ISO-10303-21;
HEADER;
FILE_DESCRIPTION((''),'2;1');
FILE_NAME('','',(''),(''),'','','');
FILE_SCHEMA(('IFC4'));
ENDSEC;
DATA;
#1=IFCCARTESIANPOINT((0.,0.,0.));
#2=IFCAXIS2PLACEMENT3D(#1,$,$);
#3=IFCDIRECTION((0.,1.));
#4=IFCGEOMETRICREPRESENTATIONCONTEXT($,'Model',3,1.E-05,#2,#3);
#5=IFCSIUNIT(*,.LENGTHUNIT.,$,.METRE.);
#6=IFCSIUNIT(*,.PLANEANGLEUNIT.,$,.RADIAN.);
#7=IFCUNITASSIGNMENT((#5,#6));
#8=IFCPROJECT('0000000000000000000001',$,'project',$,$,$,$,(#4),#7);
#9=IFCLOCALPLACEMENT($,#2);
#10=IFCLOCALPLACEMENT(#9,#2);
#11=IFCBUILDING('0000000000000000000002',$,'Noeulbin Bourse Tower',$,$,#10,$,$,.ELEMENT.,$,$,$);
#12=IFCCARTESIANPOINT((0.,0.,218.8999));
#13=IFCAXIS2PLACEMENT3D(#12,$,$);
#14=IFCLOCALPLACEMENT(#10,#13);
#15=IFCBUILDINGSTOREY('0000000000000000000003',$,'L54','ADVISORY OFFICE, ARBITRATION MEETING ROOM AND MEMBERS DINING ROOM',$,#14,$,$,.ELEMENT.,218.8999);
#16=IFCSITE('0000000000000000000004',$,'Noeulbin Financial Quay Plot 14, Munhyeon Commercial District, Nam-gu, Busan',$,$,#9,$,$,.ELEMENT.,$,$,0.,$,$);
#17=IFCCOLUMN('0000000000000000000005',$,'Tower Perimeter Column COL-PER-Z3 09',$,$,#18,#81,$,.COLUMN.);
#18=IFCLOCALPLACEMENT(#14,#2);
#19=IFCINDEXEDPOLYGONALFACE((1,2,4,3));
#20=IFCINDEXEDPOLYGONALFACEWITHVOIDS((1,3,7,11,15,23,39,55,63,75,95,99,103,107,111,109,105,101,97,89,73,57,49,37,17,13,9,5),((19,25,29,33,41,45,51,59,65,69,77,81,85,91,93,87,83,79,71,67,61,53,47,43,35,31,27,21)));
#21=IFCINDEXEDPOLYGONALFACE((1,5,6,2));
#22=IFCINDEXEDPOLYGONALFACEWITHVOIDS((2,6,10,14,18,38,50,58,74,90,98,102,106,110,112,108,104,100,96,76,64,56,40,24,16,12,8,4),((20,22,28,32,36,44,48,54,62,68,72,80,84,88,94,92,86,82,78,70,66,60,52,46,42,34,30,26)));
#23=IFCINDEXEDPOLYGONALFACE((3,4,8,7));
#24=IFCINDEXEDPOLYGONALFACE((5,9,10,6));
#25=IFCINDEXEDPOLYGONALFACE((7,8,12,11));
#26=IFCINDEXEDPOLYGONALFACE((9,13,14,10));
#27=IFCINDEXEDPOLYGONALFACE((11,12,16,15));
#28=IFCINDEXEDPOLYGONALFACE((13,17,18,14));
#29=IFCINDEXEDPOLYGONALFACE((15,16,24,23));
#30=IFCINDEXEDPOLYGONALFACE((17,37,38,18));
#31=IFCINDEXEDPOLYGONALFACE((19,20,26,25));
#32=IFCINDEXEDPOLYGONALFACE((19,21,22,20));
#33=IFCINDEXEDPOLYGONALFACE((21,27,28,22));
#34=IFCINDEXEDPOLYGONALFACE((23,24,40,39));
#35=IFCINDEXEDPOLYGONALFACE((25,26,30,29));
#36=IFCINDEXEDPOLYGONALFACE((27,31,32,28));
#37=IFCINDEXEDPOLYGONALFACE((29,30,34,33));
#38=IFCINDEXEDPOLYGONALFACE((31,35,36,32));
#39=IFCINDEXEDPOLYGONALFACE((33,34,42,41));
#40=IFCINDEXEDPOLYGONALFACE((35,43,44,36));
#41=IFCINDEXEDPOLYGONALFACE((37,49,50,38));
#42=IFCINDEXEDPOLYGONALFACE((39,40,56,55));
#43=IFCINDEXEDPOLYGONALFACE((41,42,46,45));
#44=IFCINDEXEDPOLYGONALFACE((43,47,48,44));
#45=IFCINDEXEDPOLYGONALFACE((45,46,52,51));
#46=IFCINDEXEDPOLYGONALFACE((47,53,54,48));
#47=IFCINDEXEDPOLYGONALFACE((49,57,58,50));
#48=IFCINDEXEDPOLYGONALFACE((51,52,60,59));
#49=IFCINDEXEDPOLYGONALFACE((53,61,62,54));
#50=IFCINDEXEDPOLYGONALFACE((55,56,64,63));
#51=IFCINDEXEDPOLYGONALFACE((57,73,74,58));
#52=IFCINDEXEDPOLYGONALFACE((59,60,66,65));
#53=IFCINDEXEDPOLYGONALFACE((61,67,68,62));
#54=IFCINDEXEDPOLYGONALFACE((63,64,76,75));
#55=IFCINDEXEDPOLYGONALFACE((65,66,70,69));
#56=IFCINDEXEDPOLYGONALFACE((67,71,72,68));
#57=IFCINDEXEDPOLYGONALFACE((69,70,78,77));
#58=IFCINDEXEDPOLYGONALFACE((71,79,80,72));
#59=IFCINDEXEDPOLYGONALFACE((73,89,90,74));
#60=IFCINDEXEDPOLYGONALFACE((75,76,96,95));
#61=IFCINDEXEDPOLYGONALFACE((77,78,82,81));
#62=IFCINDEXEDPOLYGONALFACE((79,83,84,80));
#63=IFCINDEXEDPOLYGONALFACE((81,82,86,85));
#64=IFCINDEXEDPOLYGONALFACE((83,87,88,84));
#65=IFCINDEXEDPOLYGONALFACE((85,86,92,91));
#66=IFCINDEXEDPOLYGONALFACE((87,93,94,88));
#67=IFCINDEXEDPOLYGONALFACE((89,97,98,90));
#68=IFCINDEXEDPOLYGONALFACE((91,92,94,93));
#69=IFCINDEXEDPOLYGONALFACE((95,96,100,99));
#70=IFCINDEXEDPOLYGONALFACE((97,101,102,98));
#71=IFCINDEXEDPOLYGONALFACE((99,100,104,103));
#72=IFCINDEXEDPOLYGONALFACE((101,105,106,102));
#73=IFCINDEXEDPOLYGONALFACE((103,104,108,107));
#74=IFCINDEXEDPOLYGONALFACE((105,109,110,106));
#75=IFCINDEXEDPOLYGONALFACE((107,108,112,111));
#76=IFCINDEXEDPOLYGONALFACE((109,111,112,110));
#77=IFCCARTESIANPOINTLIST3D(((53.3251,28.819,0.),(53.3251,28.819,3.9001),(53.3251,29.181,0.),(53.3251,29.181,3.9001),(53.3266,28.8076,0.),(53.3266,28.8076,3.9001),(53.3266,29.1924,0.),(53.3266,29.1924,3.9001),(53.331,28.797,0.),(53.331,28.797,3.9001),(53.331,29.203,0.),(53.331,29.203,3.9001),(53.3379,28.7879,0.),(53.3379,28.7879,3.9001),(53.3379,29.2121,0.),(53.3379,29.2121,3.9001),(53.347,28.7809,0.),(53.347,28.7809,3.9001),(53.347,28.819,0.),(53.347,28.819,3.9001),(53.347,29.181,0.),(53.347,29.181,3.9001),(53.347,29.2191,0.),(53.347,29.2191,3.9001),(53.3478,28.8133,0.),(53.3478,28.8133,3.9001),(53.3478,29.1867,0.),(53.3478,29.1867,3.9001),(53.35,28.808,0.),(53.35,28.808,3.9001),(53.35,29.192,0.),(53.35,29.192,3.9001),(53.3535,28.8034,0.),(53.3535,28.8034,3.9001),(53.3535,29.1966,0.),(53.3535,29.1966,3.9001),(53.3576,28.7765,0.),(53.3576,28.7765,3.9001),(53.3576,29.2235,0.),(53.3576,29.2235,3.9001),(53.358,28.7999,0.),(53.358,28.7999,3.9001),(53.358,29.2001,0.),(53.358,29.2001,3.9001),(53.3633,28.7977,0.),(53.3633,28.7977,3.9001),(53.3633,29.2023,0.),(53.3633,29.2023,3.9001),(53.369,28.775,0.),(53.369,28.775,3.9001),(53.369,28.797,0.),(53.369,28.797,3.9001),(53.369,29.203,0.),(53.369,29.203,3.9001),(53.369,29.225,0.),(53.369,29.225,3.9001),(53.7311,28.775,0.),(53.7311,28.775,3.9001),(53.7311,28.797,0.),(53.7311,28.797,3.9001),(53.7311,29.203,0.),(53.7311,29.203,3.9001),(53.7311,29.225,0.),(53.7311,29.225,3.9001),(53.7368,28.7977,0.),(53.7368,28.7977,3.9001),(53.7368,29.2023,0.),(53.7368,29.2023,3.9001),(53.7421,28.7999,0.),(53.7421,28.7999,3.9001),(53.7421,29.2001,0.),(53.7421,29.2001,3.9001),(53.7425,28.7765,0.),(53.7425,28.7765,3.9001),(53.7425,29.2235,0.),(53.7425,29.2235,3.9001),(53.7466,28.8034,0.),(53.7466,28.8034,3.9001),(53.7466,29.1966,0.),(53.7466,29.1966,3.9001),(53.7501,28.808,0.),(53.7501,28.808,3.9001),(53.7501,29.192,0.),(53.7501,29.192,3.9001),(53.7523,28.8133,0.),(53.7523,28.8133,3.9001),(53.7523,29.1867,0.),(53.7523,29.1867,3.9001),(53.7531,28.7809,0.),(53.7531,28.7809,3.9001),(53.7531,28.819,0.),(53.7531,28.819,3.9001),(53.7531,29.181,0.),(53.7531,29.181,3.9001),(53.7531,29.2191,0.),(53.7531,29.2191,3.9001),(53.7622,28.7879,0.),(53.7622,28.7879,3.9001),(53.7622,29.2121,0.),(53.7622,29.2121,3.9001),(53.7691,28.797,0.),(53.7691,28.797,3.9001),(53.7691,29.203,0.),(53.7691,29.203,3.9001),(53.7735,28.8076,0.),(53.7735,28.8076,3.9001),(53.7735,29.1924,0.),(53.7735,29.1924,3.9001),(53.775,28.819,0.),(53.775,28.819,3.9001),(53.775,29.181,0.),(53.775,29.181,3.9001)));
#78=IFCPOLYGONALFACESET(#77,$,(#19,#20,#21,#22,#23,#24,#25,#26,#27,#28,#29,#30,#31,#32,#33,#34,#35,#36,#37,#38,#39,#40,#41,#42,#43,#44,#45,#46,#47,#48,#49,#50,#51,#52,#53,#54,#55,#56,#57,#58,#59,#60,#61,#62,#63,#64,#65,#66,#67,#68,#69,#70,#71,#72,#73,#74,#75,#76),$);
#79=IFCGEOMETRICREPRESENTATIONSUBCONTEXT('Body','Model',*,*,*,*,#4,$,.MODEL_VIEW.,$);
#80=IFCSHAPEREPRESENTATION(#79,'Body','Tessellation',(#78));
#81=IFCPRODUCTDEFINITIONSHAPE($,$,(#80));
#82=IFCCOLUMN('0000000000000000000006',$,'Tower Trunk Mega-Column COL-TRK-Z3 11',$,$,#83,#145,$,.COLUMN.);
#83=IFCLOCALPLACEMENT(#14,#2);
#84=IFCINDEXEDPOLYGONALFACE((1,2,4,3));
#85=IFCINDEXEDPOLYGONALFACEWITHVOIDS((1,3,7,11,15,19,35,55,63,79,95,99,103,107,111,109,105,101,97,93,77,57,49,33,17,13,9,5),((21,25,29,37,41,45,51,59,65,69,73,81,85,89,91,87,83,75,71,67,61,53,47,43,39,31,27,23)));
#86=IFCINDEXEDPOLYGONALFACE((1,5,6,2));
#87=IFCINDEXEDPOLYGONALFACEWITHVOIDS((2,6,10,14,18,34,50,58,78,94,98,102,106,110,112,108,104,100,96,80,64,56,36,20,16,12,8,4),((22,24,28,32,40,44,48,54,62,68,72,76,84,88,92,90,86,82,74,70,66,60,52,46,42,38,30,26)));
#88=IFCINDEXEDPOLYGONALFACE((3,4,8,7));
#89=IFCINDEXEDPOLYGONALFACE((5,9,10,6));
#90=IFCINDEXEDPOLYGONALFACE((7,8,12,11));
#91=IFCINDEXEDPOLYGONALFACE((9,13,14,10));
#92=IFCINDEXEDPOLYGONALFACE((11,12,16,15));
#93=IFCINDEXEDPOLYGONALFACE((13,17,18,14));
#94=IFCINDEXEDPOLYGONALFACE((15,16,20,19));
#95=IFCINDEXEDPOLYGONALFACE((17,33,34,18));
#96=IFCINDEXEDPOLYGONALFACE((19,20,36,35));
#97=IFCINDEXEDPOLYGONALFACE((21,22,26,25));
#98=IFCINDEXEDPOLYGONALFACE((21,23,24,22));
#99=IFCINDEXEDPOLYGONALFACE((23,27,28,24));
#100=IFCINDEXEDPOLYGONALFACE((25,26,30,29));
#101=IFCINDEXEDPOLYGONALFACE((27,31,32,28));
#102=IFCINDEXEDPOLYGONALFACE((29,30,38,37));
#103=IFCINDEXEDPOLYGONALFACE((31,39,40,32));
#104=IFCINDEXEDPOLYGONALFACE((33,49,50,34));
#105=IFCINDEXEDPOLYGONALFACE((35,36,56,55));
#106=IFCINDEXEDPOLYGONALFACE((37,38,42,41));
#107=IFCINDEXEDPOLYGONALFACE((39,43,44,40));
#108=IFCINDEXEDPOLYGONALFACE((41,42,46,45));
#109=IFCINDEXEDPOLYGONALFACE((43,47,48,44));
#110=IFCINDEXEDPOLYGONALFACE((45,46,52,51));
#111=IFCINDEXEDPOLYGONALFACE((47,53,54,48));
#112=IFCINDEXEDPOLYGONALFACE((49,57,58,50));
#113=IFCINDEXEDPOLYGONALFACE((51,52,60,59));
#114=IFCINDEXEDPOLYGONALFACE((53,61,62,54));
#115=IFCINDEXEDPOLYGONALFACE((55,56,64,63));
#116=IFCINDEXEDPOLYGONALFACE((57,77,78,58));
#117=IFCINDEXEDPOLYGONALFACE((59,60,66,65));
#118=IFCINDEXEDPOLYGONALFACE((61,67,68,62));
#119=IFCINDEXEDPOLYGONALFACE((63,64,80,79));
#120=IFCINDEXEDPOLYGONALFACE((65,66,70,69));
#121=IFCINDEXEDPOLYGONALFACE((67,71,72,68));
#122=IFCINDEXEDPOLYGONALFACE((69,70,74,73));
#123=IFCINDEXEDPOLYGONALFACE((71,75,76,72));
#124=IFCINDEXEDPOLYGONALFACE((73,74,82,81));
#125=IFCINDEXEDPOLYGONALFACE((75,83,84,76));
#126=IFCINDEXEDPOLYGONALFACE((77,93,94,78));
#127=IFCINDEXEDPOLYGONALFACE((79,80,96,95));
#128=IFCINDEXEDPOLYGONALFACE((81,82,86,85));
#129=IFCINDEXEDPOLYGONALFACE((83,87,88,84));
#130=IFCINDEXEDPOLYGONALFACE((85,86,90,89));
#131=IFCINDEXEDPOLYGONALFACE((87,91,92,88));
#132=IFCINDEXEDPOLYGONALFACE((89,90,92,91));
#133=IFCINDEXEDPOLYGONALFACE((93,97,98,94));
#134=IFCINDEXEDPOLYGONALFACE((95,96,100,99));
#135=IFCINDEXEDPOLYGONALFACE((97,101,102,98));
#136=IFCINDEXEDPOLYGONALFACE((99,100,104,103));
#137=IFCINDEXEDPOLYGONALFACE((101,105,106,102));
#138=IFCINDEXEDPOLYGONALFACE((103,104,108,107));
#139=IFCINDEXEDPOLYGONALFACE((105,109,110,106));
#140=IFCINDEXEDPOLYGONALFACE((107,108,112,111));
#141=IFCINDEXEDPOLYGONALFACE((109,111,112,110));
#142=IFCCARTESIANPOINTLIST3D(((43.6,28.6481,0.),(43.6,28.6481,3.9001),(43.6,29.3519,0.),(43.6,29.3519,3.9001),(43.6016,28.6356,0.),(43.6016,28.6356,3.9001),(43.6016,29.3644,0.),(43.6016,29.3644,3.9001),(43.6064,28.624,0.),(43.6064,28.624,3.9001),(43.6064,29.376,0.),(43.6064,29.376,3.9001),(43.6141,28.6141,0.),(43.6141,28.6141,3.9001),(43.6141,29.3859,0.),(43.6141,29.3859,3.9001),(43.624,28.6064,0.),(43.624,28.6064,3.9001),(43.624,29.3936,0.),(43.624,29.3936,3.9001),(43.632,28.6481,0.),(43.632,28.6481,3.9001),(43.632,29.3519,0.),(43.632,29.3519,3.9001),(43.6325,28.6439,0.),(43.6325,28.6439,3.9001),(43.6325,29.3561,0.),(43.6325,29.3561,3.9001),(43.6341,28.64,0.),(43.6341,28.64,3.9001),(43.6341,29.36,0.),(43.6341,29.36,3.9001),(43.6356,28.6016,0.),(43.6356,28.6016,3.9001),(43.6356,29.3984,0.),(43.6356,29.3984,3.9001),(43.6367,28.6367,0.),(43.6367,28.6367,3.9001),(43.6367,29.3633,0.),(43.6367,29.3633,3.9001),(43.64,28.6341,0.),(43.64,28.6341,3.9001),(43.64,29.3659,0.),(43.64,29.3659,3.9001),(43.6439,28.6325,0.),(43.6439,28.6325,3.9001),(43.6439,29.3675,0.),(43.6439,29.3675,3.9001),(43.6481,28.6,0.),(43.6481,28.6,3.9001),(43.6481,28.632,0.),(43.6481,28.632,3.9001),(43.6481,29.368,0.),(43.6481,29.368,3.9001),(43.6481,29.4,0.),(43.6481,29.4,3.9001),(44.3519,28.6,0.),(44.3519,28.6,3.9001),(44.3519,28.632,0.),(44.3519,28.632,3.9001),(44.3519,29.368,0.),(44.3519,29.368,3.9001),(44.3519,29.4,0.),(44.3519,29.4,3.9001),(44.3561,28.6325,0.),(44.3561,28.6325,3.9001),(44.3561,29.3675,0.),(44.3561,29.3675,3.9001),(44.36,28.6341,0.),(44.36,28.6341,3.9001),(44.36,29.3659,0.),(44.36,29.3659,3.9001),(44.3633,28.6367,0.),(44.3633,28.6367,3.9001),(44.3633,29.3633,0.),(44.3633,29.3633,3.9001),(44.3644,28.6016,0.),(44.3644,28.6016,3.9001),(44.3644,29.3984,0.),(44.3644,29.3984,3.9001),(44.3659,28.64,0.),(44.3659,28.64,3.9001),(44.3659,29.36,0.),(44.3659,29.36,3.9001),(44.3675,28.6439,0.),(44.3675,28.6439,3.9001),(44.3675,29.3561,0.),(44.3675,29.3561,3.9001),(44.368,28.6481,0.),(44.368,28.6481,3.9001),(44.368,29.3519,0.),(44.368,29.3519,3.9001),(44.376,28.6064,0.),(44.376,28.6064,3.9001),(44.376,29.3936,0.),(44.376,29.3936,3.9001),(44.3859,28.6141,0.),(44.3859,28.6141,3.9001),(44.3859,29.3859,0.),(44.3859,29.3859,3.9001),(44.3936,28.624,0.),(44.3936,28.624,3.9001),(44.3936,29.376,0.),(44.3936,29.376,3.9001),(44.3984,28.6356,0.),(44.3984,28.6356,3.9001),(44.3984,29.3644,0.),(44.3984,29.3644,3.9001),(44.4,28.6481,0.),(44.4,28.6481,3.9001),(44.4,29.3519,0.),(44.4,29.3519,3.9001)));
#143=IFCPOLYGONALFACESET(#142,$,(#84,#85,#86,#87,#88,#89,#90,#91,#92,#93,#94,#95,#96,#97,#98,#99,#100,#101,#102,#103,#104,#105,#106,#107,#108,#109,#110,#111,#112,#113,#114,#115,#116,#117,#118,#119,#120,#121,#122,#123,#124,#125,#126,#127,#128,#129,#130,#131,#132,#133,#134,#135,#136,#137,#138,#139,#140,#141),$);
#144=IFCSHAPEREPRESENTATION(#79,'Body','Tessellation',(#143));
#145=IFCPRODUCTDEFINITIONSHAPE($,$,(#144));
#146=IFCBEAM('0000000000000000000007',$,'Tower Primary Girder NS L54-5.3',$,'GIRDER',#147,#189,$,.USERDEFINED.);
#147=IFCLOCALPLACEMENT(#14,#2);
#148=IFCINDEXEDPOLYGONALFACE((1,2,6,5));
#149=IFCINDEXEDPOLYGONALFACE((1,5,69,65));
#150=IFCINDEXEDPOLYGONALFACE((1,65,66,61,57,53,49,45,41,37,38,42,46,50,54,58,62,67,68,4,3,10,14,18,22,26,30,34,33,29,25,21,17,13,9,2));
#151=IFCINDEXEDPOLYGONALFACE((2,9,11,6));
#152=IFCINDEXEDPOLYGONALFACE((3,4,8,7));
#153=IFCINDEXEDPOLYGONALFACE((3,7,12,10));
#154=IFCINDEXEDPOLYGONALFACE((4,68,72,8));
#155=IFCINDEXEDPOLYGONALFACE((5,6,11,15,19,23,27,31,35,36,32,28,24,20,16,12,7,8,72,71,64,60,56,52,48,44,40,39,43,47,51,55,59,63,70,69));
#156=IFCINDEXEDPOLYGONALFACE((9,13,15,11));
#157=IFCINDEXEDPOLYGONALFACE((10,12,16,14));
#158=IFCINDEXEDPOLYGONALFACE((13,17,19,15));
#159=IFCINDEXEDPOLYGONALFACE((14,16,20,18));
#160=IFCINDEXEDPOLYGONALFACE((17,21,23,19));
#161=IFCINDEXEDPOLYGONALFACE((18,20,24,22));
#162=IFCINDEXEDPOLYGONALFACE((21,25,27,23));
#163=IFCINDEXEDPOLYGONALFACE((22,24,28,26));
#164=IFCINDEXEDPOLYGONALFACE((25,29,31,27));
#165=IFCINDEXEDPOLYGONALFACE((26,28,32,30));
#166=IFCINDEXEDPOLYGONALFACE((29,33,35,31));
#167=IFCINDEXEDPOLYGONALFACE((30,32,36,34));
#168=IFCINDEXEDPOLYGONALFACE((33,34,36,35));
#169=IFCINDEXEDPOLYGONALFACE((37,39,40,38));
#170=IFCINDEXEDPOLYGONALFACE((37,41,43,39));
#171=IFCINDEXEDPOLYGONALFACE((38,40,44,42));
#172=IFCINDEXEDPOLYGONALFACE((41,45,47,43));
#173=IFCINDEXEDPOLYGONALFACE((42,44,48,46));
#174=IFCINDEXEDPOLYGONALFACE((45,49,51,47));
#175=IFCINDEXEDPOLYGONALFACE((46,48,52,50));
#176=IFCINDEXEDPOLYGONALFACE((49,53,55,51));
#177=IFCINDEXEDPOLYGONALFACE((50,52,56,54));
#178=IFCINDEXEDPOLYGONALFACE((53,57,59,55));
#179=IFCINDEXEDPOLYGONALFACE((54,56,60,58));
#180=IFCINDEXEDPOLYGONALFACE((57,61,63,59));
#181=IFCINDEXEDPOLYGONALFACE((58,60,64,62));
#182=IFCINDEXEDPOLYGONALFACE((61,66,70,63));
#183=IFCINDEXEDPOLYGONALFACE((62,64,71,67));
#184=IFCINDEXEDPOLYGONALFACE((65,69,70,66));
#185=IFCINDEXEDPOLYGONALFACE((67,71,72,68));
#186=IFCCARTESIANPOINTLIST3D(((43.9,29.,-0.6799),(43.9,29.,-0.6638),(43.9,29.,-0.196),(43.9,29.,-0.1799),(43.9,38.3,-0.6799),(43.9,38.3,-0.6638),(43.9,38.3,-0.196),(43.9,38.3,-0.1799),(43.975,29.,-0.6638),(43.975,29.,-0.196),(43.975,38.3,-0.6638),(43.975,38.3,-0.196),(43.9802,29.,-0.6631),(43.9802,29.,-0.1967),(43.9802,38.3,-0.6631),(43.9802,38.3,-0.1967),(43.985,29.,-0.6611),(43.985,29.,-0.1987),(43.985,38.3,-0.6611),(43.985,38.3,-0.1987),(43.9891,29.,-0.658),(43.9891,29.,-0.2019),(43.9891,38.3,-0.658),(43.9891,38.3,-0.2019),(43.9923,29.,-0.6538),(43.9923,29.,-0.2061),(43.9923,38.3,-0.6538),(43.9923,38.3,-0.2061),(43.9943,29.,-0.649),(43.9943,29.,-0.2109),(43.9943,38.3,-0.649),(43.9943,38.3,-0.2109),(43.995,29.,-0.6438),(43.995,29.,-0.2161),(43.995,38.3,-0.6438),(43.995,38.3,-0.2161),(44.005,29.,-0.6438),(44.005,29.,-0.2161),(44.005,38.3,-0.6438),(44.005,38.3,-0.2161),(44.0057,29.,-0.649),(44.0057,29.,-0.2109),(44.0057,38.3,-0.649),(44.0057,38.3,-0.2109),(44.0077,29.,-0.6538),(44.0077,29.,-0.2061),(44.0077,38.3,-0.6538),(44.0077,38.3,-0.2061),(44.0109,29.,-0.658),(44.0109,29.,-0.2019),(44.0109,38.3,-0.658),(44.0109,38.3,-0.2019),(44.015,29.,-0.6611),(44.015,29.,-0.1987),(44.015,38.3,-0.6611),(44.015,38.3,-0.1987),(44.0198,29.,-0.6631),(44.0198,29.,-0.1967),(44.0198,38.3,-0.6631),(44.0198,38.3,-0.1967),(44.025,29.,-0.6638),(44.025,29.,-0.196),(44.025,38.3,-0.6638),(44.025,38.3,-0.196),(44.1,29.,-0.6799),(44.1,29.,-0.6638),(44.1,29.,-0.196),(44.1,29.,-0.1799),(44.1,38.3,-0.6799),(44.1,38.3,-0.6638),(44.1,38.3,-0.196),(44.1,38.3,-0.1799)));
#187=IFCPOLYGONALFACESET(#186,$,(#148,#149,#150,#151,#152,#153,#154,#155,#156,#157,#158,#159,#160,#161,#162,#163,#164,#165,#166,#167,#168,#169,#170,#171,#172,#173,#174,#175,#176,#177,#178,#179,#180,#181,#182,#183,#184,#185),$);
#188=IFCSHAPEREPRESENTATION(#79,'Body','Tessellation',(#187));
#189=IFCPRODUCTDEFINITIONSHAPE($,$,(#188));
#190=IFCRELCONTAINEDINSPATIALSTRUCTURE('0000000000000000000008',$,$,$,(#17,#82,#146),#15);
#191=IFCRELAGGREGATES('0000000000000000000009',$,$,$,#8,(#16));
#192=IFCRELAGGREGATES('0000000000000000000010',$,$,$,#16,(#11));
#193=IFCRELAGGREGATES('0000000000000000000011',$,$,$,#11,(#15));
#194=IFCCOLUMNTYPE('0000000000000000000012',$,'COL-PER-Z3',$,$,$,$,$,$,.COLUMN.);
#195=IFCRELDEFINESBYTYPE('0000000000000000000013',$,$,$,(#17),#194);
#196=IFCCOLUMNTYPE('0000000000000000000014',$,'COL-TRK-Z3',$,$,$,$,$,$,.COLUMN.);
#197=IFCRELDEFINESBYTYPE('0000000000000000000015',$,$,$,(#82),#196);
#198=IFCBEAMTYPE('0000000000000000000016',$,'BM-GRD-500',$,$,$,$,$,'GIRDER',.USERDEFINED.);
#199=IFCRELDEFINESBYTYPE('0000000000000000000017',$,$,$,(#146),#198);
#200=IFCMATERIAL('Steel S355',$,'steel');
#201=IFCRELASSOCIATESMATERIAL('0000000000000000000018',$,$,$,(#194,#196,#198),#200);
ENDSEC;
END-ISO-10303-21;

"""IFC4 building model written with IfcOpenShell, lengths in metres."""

from ifc_helpers import new_model, si_unit, direction, frame, origin, origin_2d, place, context, subcontext, project, spatial, hollow_rectangle, i_section, extrude, material, material_profile, profile_set, type_object, element, save


model = new_model("IFC4")

# Units and contexts
model_context = context("Model", 3, precision=1e-05, world=origin(), true_north=direction((0.0, 1.0)))
body_context = subcontext(model_context, "Body", "Model", "MODEL_VIEW")
ifc_project = project(units=[si_unit("LENGTHUNIT", "METRE"), si_unit("PLANEANGLEUNIT", "RADIAN")], contexts=[model_context])

# Site, building, storey
site_placement = place(None, origin())
site = spatial("IfcSite", under=ifc_project, at=site_placement, Name="Noeulbin Financial Quay Plot 14, Munhyeon Commercial District, Nam-gu, Busan", CompositionType="ELEMENT", RefElevation=0.0)
building_placement = place(site_placement, origin())
building = spatial("IfcBuilding", under=site, at=building_placement, Name="Noeulbin Bourse Tower", CompositionType="ELEMENT")
storey_placement = place(building_placement, frame((0.0, 0.0, 218.8999)))
storey = spatial("IfcBuildingStorey", under=building, at=storey_placement, Name="L54", Description="ADVISORY OFFICE, ARBITRATION MEETING ROOM AND MEMBERS DINING ROOM", CompositionType="ELEMENT", Elevation=218.8999)

# Columns
ifc_material_1 = material(Name="Steel S355", Category="steel")
ifc_material_profile_1 = material_profile(ifc_material_1, hollow_rectangle(XDim=0.45, YDim=0.45, WallThickness=0.022, InnerFilletRadius=0.022, OuterFilletRadius=0.0439, at=origin_2d()), Name="SHS-450x450x22", Category="LoadBearing")
ifc_profile_set_1 = profile_set([ifc_material_profile_1], Name="Steel S355")
column_type_1 = type_object("IfcColumnType", Name="COL-PER-Z3", PredefinedType="COLUMN", material=ifc_profile_set_1)
column_1_placement = place(storey_placement, frame((53.55, 29.0, 0.0), z_axis=(0.0, 0.0, 1.0), x_axis=(1.0, 0.0, 0.0)))
element("IfcColumn", 1, at=column_1_placement, inside=storey, type_object=column_type_1, Name="Tower Perimeter Column COL-PER-Z3 09", PredefinedType="COLUMN", context=body_context, shape_type="SweptSolid", body=[
    extrude(hollow_rectangle(XDim=0.45, YDim=0.45, WallThickness=0.022, InnerFilletRadius=0.022, OuterFilletRadius=0.0439, at=origin_2d()), origin(), (0.0, 0.0, 1.0), 3.9001),
])
ifc_material_profile_2 = material_profile(ifc_material_1, hollow_rectangle(XDim=0.8, YDim=0.8, WallThickness=0.032, InnerFilletRadius=0.0161, OuterFilletRadius=0.0481, at=origin_2d()), Name="BOX-800x800x32", Category="LoadBearing")
ifc_profile_set_2 = profile_set([ifc_material_profile_2], Name="Steel S355")
column_type_2 = type_object("IfcColumnType", Name="COL-TRK-Z3", PredefinedType="COLUMN", material=ifc_profile_set_2)
column_2_placement = place(storey_placement, frame((44.0, 29.0, 0.0), z_axis=(0.0, 0.0, 1.0), x_axis=(1.0, 0.0, 0.0)))
element("IfcColumn", 2, at=column_2_placement, inside=storey, type_object=column_type_2, Name="Tower Trunk Mega-Column COL-TRK-Z3 11", PredefinedType="COLUMN", context=body_context, shape_type="SweptSolid", body=[
    extrude(hollow_rectangle(XDim=0.8, YDim=0.8, WallThickness=0.032, InnerFilletRadius=0.0161, OuterFilletRadius=0.0481, at=origin_2d()), origin(), (0.0, 0.0, 1.0), 3.9001),
])

# Beam
ifc_material_profile_3 = material_profile(ifc_material_1, i_section(OverallWidth=0.2, OverallDepth=0.5, WebThickness=0.01, FlangeThickness=0.0161, FilletRadius=0.02, at=origin_2d()), Name="H-500x200x10x16", Category="LoadBearing")
ifc_profile_set_3 = profile_set([ifc_material_profile_3], Name="Steel S355")
beam_type_1 = type_object("IfcBeamType", Name="BM-GRD-500", ElementType="GIRDER", PredefinedType="USERDEFINED", material=ifc_profile_set_3)
beam_1_placement = place(storey_placement, frame((44.0, 29.0, -0.4299), z_axis=(0.0, 1.0, 0.0), x_axis=(-1.0, 0.0, 0.0)))
element("IfcBeam", 3, at=beam_1_placement, inside=storey, type_object=beam_type_1, Name="Tower Primary Girder NS L54-5.3", ObjectType="GIRDER", PredefinedType="USERDEFINED", context=body_context, shape_type="SweptSolid", body=[
    extrude(i_section(OverallWidth=0.2, OverallDepth=0.5, WebThickness=0.01, FlangeThickness=0.0161, FilletRadius=0.02, at=origin_2d()), origin(), (0.0, 0.0, 1.0), 9.3),
])

save(model, "model.ifc")
